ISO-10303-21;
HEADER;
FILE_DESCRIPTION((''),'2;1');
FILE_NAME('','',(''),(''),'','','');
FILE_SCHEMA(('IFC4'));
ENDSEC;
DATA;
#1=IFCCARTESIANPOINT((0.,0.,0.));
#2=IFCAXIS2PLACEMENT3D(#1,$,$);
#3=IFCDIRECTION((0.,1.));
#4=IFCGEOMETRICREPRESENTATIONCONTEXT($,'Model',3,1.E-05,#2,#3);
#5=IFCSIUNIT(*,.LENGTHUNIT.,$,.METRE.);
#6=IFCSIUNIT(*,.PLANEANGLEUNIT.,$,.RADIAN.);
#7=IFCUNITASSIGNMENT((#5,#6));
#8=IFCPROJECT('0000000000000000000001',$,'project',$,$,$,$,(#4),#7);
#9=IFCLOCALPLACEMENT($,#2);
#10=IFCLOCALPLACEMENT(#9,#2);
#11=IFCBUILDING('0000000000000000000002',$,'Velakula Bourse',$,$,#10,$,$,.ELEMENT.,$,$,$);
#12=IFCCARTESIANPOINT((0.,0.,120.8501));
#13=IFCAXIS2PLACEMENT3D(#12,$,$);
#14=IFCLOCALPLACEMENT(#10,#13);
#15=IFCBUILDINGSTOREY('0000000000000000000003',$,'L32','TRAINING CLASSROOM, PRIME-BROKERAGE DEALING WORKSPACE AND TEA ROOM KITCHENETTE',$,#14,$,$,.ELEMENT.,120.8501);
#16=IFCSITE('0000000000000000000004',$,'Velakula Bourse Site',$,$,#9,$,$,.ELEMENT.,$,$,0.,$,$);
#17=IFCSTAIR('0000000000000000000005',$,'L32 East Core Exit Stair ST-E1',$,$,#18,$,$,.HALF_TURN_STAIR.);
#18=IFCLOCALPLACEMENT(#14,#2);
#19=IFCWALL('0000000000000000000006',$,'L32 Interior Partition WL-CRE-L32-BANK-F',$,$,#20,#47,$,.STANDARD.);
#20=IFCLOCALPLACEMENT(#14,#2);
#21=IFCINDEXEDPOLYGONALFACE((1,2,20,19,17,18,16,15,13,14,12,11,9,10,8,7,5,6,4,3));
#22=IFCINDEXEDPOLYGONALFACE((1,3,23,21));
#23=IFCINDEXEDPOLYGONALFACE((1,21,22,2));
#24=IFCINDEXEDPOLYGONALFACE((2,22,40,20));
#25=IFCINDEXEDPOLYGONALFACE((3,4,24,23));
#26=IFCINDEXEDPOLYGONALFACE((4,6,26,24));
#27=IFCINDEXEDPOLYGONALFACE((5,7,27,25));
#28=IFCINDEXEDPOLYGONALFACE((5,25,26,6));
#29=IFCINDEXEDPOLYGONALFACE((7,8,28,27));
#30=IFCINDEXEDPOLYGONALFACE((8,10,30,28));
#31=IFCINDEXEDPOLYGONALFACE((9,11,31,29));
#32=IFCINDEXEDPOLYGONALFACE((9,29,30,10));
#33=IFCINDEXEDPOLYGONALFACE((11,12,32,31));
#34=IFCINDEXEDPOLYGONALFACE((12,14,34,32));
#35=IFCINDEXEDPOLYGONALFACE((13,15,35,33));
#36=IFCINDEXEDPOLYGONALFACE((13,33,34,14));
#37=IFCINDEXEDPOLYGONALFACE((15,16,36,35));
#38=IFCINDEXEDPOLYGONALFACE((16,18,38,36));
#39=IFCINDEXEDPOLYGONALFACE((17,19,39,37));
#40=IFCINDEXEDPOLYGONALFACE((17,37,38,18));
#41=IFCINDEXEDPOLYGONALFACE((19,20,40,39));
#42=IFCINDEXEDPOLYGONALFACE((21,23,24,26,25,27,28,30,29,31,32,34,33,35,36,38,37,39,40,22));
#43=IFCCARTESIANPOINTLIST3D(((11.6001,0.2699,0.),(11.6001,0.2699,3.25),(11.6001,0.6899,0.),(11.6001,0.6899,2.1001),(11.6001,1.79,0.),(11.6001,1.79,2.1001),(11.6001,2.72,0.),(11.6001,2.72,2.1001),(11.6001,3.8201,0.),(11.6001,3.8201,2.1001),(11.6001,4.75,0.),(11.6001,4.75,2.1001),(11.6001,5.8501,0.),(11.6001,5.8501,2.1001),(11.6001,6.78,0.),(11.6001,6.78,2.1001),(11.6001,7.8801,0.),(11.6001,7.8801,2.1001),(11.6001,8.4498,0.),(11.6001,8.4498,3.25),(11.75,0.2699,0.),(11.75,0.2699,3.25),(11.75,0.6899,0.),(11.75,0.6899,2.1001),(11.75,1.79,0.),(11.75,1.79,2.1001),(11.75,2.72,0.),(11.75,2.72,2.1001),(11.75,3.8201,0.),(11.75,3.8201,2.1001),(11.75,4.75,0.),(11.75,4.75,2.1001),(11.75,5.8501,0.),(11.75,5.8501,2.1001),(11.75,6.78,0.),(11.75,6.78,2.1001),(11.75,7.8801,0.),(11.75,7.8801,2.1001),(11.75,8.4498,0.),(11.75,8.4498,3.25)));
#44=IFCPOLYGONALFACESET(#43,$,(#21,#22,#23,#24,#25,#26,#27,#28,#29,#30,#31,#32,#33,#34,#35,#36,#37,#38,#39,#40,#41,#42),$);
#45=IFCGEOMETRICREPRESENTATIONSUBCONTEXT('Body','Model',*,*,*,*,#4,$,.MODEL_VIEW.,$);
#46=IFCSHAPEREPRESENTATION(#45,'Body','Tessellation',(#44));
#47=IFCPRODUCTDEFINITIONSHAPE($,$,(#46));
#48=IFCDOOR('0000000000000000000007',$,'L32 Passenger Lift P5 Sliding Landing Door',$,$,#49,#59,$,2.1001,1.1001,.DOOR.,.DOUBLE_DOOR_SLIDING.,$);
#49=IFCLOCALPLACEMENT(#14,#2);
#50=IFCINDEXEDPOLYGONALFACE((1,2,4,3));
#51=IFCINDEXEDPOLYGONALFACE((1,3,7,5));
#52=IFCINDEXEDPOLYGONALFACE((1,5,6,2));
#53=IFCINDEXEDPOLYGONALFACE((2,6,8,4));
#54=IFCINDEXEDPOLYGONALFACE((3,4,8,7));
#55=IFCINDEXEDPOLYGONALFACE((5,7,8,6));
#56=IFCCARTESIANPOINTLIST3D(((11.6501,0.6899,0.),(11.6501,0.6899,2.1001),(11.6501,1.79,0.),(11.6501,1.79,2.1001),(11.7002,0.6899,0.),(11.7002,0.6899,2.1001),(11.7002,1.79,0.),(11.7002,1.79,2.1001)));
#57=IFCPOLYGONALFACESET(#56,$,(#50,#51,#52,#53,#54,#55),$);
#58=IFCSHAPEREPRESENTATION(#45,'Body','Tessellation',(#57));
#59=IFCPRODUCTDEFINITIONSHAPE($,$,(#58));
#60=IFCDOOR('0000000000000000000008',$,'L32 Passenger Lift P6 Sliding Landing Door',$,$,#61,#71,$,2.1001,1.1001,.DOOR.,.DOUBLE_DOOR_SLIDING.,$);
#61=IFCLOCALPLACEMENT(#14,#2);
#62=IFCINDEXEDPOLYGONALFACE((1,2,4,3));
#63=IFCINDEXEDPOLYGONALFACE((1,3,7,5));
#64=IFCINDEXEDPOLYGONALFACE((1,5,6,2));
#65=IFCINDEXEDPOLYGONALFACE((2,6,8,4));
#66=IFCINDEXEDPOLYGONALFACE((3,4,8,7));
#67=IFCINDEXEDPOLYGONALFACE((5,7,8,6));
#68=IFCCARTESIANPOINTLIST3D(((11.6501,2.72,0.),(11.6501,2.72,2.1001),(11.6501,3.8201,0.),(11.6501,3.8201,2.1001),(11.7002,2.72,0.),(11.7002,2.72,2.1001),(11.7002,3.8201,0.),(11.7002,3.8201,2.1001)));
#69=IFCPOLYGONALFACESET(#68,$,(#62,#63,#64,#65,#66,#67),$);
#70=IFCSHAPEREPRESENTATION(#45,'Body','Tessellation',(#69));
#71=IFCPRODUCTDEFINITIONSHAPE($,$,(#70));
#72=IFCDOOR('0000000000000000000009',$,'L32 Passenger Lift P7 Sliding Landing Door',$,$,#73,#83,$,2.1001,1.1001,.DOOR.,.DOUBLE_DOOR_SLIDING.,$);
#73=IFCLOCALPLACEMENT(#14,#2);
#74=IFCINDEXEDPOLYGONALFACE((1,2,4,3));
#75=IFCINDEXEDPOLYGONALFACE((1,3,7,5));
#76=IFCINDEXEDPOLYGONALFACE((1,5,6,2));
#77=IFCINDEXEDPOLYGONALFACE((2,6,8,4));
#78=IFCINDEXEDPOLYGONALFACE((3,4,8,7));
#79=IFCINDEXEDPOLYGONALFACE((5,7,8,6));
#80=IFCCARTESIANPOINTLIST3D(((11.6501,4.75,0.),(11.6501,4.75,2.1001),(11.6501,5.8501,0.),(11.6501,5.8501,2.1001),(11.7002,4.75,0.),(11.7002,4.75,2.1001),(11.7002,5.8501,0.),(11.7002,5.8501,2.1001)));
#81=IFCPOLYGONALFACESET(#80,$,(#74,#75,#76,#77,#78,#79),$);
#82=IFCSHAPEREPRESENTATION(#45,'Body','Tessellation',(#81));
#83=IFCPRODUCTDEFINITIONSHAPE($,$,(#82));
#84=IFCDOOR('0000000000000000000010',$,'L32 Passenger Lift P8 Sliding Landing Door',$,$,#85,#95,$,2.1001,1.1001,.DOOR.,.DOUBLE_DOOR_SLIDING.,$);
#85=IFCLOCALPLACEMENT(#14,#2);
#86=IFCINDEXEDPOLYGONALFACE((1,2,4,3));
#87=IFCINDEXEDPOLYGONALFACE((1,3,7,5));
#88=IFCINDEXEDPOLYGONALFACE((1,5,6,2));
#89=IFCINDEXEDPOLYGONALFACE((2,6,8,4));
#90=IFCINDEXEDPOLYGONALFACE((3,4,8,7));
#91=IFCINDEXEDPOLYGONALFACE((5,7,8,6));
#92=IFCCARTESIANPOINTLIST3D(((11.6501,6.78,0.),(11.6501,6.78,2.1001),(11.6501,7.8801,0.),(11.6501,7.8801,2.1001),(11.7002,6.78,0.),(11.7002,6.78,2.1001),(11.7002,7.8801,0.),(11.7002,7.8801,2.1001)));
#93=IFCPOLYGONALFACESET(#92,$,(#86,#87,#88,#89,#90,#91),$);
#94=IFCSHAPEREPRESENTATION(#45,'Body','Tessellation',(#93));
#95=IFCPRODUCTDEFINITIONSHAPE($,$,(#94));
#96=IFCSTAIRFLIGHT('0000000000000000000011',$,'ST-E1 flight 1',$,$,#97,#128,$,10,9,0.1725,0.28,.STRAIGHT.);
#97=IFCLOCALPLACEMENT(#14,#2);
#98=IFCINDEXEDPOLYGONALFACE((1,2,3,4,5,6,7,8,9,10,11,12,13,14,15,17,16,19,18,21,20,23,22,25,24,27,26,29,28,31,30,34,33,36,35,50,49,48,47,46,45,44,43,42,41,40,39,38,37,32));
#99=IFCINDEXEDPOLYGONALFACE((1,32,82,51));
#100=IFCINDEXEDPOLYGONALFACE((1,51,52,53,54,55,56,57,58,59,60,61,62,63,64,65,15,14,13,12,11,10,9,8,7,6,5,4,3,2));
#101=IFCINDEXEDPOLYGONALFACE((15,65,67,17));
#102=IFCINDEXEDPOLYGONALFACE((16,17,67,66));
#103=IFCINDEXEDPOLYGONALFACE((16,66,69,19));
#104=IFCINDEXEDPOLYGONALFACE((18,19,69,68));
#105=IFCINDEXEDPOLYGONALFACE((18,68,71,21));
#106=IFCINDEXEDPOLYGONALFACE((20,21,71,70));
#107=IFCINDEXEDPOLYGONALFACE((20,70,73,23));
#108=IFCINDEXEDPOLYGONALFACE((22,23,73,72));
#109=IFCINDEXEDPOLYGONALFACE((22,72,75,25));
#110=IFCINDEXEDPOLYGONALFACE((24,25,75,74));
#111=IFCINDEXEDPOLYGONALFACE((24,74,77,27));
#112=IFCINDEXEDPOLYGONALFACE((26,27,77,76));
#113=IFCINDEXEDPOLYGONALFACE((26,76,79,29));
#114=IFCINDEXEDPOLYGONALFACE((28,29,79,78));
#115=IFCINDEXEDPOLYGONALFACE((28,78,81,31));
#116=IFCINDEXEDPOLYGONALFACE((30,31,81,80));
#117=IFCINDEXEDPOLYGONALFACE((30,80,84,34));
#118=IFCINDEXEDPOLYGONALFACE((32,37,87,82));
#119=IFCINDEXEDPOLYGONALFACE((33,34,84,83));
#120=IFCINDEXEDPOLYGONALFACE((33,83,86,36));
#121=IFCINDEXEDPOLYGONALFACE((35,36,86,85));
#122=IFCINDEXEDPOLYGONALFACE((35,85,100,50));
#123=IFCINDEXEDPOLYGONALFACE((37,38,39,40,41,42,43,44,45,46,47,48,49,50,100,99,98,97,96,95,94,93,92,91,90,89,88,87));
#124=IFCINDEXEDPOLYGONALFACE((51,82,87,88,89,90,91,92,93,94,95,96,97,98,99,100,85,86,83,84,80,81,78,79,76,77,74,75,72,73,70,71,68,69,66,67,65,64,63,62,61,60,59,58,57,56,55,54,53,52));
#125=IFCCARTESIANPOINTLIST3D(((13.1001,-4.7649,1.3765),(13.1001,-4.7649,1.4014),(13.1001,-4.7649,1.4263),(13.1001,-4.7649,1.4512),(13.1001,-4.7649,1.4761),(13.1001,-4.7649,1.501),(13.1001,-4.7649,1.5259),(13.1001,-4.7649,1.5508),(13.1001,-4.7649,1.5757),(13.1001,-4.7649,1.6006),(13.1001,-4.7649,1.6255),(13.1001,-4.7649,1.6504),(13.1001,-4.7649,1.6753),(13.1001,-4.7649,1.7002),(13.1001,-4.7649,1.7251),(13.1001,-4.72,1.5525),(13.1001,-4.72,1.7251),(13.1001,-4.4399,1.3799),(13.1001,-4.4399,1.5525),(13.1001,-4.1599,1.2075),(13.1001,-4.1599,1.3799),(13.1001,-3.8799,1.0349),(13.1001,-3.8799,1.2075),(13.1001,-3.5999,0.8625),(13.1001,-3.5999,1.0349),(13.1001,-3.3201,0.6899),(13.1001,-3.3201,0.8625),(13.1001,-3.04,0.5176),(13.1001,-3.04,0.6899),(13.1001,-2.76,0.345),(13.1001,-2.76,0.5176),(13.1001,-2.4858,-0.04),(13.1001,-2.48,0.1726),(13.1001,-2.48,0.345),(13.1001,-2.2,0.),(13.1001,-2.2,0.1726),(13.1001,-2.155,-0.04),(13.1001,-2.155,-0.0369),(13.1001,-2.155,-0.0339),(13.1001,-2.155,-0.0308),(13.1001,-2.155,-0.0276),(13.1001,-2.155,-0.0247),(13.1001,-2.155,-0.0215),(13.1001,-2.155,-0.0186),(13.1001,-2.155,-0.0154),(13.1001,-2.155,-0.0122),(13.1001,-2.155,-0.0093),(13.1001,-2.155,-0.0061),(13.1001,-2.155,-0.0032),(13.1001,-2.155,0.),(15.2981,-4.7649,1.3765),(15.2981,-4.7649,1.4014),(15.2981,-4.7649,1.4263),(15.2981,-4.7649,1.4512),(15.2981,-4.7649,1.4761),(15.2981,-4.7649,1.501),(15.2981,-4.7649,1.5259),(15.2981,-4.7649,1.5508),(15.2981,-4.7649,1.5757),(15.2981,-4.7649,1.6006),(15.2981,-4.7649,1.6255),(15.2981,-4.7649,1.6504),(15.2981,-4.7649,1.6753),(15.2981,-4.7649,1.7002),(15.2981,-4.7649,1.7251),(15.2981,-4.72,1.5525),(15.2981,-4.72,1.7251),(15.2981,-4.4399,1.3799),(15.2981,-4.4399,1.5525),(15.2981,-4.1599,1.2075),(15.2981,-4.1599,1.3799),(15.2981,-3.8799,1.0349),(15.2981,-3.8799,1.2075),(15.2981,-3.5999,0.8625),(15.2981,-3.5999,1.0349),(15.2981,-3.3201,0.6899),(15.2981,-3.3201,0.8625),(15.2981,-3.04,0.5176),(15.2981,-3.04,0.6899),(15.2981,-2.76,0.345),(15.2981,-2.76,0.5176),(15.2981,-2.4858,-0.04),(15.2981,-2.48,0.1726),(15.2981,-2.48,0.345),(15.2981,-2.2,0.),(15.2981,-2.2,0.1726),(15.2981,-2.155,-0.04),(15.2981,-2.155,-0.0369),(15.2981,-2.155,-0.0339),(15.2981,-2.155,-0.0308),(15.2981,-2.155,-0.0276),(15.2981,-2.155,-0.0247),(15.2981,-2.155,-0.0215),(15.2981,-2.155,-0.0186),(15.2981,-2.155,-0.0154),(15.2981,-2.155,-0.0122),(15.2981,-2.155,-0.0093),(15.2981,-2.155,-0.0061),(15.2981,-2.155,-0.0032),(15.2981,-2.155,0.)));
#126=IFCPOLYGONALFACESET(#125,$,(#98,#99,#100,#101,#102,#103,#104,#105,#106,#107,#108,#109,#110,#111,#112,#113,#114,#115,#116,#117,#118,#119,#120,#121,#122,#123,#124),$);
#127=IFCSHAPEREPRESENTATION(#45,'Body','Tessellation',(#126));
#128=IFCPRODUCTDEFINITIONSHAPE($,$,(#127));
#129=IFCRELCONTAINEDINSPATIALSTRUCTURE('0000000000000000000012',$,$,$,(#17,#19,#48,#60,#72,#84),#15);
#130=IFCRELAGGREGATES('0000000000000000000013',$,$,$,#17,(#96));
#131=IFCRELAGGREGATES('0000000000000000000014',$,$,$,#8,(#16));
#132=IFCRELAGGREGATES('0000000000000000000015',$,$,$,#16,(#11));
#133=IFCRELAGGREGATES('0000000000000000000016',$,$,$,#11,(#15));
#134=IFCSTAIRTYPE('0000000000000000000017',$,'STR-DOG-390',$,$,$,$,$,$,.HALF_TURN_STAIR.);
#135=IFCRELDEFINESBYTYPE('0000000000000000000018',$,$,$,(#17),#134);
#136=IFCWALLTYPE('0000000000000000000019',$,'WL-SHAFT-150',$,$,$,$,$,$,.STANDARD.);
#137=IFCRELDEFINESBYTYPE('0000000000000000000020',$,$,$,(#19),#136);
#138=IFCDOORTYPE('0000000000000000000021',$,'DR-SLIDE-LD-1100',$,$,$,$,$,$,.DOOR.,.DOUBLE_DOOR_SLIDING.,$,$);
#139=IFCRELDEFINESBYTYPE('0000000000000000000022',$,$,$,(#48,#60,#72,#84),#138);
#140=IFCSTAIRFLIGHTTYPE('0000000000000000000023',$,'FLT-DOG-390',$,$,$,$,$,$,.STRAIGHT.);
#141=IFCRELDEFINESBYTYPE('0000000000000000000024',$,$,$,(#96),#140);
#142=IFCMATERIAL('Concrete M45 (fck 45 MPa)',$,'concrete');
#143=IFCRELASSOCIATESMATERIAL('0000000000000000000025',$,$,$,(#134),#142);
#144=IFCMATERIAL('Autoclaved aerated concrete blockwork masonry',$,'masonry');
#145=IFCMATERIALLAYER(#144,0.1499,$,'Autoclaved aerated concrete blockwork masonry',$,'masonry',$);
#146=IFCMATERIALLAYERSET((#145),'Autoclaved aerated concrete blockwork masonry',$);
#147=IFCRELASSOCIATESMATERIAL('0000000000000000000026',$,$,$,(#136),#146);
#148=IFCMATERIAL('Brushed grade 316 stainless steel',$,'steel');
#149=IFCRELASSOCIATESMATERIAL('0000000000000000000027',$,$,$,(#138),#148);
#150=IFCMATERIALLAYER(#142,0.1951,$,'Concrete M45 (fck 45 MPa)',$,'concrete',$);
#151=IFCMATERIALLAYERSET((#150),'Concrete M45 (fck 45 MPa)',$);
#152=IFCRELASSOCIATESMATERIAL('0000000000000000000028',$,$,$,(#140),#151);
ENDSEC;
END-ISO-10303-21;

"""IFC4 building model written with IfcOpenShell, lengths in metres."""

from ifc_helpers import new_model, si_unit, direction, frame, frame_2d, origin, place, context, subcontext, project, spatial, polyline, rectangle, outline, extrude, material, layer, layer_set, type_object, element, fill, aggregate, save


model = new_model("IFC4")

# Units and contexts
model_context = context("Model", 3, precision=1e-05, world=origin(), true_north=direction((0.0, 1.0)))
body_context = subcontext(model_context, "Body", "Model", "MODEL_VIEW")
ifc_project = project(units=[si_unit("LENGTHUNIT", "METRE"), si_unit("PLANEANGLEUNIT", "RADIAN")], contexts=[model_context])

# Site, building, storey
site_placement = place(None, origin())
site = spatial("IfcSite", under=ifc_project, at=site_placement, Name="Velakula Bourse Site", CompositionType="ELEMENT", RefElevation=0.0)
building_placement = place(site_placement, origin())
building = spatial("IfcBuilding", under=site, at=building_placement, Name="Velakula Bourse", CompositionType="ELEMENT")
storey_placement = place(building_placement, frame((0.0, 0.0, 120.8501)))
storey = spatial("IfcBuildingStorey", under=building, at=storey_placement, Name="L32", Description="TRAINING CLASSROOM, PRIME-BROKERAGE DEALING WORKSPACE AND TEA ROOM KITCHENETTE", CompositionType="ELEMENT", Elevation=120.8501)

# Stair
ifc_material_1 = material(Name="Concrete M45 (fck 45 MPa)", Category="concrete")
stair_type = type_object("IfcStairType", Name="STR-DOG-390", PredefinedType="HALF_TURN_STAIR", material=ifc_material_1)
stair_1_placement = place(storey_placement, origin())
stair_1 = element("IfcStair", 1, at=stair_1_placement, inside=storey, type_object=stair_type, Name="L32 East Core Exit Stair ST-E1", PredefinedType="HALF_TURN_STAIR")

# Shared definitions
ifc_material_2 = material(Name="Autoclaved aerated concrete blockwork masonry", Category="masonry")
ifc_layer_1 = layer(ifc_material_2, 0.1499, Name="Autoclaved aerated concrete blockwork masonry", Category="masonry")
ifc_layer_set_1 = layer_set([ifc_layer_1], Name="Autoclaved aerated concrete blockwork masonry")
wall_type_1 = type_object("IfcWallType", Name="WL-SHAFT-150", PredefinedType="STANDARD", material=ifc_layer_set_1)

# Wall, openings, doors
wall_1_placement = place(storey_placement, frame((11.675, 0.27, 0.0), z_axis=(0.0, 0.0, 1.0), x_axis=(0.0, 1.0, 0.0)))
wall_1 = element("IfcWall", 2, at=wall_1_placement, inside=storey, type_object=wall_type_1, Name="L32 Interior Partition WL-CRE-L32-BANK-F", PredefinedType="STANDARD", context=body_context, shape_type="SweptSolid", body=[
    extrude(rectangle(XDim=8.1799, YDim=0.1499, at=frame_2d((4.0898, 0.0))), origin(), (0.0, 0.0, 1.0), 3.25),
])
opening_1_placement = place(wall_1_placement, frame((0.4199, 0.0, 0.0)))
opening_1 = element("IfcOpeningElement", 3, at=opening_1_placement, cuts=wall_1, PredefinedType="OPENING", context=body_context, shape_type="SweptSolid", body=[
    extrude(rectangle(XDim=1.1001, YDim=2.1001, at=frame_2d((0.55, 1.05))), frame((0.0, 0.085, 0.0), z_axis=(0.0, -1.0, 0.0), x_axis=(1.0, 0.0, 0.0)), (0.0, 0.0, 1.0), 0.1699),
])
opening_2_placement = place(wall_1_placement, frame((2.45, 0.0, 0.0)))
opening_2 = element("IfcOpeningElement", 4, at=opening_2_placement, cuts=wall_1, PredefinedType="OPENING", context=body_context, shape_type="SweptSolid", body=[
    extrude(rectangle(XDim=1.1001, YDim=2.1001, at=frame_2d((0.55, 1.05))), frame((0.0, 0.085, 0.0), z_axis=(0.0, -1.0, 0.0), x_axis=(1.0, 0.0, 0.0)), (0.0, 0.0, 1.0), 0.1699),
])
opening_3_placement = place(wall_1_placement, frame((4.48, 0.0, 0.0)))
opening_3 = element("IfcOpeningElement", 5, at=opening_3_placement, cuts=wall_1, PredefinedType="OPENING", context=body_context, shape_type="SweptSolid", body=[
    extrude(rectangle(XDim=1.1001, YDim=2.1001, at=frame_2d((0.55, 1.05))), frame((0.0, 0.085, 0.0), z_axis=(0.0, -1.0, 0.0), x_axis=(1.0, 0.0, 0.0)), (0.0, 0.0, 1.0), 0.1699),
])
opening_4_placement = place(wall_1_placement, frame((6.51, 0.0, 0.0)))
opening_4 = element("IfcOpeningElement", 6, at=opening_4_placement, cuts=wall_1, PredefinedType="OPENING", context=body_context, shape_type="SweptSolid", body=[
    extrude(rectangle(XDim=1.1001, YDim=2.1001, at=frame_2d((0.55, 1.05))), frame((0.0, 0.085, 0.0), z_axis=(0.0, -1.0, 0.0), x_axis=(1.0, 0.0, 0.0)), (0.0, 0.0, 1.0), 0.1699),
])
ifc_material_3 = material(Name="Brushed grade 316 stainless steel", Category="steel")
door_type = type_object("IfcDoorType", Name="DR-SLIDE-LD-1100", OperationType="DOUBLE_DOOR_SLIDING", PredefinedType="DOOR", material=ifc_material_3)
door_1_placement = place(opening_1_placement, origin())
door_1 = element("IfcDoor", 7, at=door_1_placement, inside=storey, type_object=door_type, Name="L32 Passenger Lift P5 Sliding Landing Door", OperationType="DOUBLE_DOOR_SLIDING", OverallHeight=2.1001, OverallWidth=1.1001, PredefinedType="DOOR", context=body_context, shape_type="SweptSolid", body=[
    extrude(rectangle(XDim=1.1001, YDim=2.1001, at=frame_2d((0.55, 1.05))), frame((0.0, 0.0249, 0.0), z_axis=(0.0, -1.0, 0.0), x_axis=(1.0, 0.0, 0.0)), (0.0, 0.0, 1.0), 0.05),
])
fill(opening_1, door_1)
door_2_placement = place(opening_2_placement, origin())
door_2 = element("IfcDoor", 8, at=door_2_placement, inside=storey, type_object=door_type, Name="L32 Passenger Lift P6 Sliding Landing Door", OperationType="DOUBLE_DOOR_SLIDING", OverallHeight=2.1001, OverallWidth=1.1001, PredefinedType="DOOR", context=body_context, shape_type="SweptSolid", body=[
    extrude(rectangle(XDim=1.1001, YDim=2.1001, at=frame_2d((0.55, 1.05))), frame((0.0, 0.0249, 0.0), z_axis=(0.0, -1.0, 0.0), x_axis=(1.0, 0.0, 0.0)), (0.0, 0.0, 1.0), 0.05),
])
fill(opening_2, door_2)
door_3_placement = place(opening_3_placement, origin())
door_3 = element("IfcDoor", 9, at=door_3_placement, inside=storey, type_object=door_type, Name="L32 Passenger Lift P7 Sliding Landing Door", OperationType="DOUBLE_DOOR_SLIDING", OverallHeight=2.1001, OverallWidth=1.1001, PredefinedType="DOOR", context=body_context, shape_type="SweptSolid", body=[
    extrude(rectangle(XDim=1.1001, YDim=2.1001, at=frame_2d((0.55, 1.05))), frame((0.0, 0.0249, 0.0), z_axis=(0.0, -1.0, 0.0), x_axis=(1.0, 0.0, 0.0)), (0.0, 0.0, 1.0), 0.05),
])
fill(opening_3, door_3)
door_4_placement = place(opening_4_placement, origin())
door_4 = element("IfcDoor", 10, at=door_4_placement, inside=storey, type_object=door_type, Name="L32 Passenger Lift P8 Sliding Landing Door", OperationType="DOUBLE_DOOR_SLIDING", OverallHeight=2.1001, OverallWidth=1.1001, PredefinedType="DOOR", context=body_context, shape_type="SweptSolid", body=[
    extrude(rectangle(XDim=1.1001, YDim=2.1001, at=frame_2d((0.55, 1.05))), frame((0.0, 0.0249, 0.0), z_axis=(0.0, -1.0, 0.0), x_axis=(1.0, 0.0, 0.0)), (0.0, 0.0, 1.0), 0.05),
])
fill(opening_4, door_4)

# Stair flight
ifc_layer_2 = layer(ifc_material_1, 0.1951, Name="Concrete M45 (fck 45 MPa)", Category="concrete")
ifc_layer_set_2 = layer_set([ifc_layer_2], Name="Concrete M45 (fck 45 MPa)")
stair_flight_type = type_object("IfcStairFlightType", Name="FLT-DOG-390", PredefinedType="STRAIGHT", material=ifc_layer_set_2)
stair_flight_1_placement = place(storey_placement, frame((14.199, -2.2, 0.0), z_axis=(0.0, 0.0, 1.0), x_axis=(0.0, -1.0, 0.0)))
stair_flight_1 = element("IfcStairFlight", 11, at=stair_flight_1_placement, type_object=stair_flight_type, Name="ST-E1 flight 1", NumberOfRisers=10, NumberOfTreads=9, PredefinedType="STRAIGHT", RiserHeight=0.1725, TreadLength=0.28, context=body_context, shape_type="SweptSolid", body=[
    extrude(outline(polyline([(-0.0449, -0.04), (-0.0449, -0.0369), (-0.0449, -0.0339), (-0.0449, -0.0308), (-0.0449, -0.0276), (-0.0449, -0.0247), (-0.0449, -0.0215), (-0.0449, -0.0186), (-0.0449, -0.0154), (-0.0449, -0.0122), (-0.0449, -0.0093), (-0.0449, -0.0061), (-0.0449, -0.0032), (-0.0449, 0.0), (0.0, 0.0), (0.0, 0.1726), (0.28, 0.1726), (0.28, 0.345), (0.5601, 0.345), (0.5601, 0.5176), (0.8401, 0.5176), (0.8401, 0.6899), (1.1201, 0.6899), (1.1201, 0.8625), (1.3999, 0.8625), (1.3999, 1.0349), (1.6799, 1.0349), (1.6799, 1.2075), (1.96, 1.2075), (1.96, 1.3799), (2.24, 1.3799), (2.24, 1.5525), (2.52, 1.5525), (2.52, 1.7251), (2.5649, 1.7251), (2.5649, 1.7002), (2.5649, 1.6753), (2.5649, 1.6504), (2.5649, 1.6255), (2.5649, 1.6006), (2.5649, 1.5757), (2.5649, 1.5508), (2.5649, 1.5259), (2.5649, 1.501), (2.5649, 1.4761), (2.5649, 1.4512), (2.5649, 1.4263), (2.5649, 1.4014), (2.5649, 1.3765), (0.2859, -0.04), (-0.0449, -0.04)])), frame((0.0, 1.0991, 0.0), z_axis=(0.0, -1.0, 0.0), x_axis=(1.0, 0.0, 0.0)), (0.0, 0.0, 1.0), 2.198),
])
aggregate(stair_1, [stair_flight_1])

save(model, "model.ifc")
